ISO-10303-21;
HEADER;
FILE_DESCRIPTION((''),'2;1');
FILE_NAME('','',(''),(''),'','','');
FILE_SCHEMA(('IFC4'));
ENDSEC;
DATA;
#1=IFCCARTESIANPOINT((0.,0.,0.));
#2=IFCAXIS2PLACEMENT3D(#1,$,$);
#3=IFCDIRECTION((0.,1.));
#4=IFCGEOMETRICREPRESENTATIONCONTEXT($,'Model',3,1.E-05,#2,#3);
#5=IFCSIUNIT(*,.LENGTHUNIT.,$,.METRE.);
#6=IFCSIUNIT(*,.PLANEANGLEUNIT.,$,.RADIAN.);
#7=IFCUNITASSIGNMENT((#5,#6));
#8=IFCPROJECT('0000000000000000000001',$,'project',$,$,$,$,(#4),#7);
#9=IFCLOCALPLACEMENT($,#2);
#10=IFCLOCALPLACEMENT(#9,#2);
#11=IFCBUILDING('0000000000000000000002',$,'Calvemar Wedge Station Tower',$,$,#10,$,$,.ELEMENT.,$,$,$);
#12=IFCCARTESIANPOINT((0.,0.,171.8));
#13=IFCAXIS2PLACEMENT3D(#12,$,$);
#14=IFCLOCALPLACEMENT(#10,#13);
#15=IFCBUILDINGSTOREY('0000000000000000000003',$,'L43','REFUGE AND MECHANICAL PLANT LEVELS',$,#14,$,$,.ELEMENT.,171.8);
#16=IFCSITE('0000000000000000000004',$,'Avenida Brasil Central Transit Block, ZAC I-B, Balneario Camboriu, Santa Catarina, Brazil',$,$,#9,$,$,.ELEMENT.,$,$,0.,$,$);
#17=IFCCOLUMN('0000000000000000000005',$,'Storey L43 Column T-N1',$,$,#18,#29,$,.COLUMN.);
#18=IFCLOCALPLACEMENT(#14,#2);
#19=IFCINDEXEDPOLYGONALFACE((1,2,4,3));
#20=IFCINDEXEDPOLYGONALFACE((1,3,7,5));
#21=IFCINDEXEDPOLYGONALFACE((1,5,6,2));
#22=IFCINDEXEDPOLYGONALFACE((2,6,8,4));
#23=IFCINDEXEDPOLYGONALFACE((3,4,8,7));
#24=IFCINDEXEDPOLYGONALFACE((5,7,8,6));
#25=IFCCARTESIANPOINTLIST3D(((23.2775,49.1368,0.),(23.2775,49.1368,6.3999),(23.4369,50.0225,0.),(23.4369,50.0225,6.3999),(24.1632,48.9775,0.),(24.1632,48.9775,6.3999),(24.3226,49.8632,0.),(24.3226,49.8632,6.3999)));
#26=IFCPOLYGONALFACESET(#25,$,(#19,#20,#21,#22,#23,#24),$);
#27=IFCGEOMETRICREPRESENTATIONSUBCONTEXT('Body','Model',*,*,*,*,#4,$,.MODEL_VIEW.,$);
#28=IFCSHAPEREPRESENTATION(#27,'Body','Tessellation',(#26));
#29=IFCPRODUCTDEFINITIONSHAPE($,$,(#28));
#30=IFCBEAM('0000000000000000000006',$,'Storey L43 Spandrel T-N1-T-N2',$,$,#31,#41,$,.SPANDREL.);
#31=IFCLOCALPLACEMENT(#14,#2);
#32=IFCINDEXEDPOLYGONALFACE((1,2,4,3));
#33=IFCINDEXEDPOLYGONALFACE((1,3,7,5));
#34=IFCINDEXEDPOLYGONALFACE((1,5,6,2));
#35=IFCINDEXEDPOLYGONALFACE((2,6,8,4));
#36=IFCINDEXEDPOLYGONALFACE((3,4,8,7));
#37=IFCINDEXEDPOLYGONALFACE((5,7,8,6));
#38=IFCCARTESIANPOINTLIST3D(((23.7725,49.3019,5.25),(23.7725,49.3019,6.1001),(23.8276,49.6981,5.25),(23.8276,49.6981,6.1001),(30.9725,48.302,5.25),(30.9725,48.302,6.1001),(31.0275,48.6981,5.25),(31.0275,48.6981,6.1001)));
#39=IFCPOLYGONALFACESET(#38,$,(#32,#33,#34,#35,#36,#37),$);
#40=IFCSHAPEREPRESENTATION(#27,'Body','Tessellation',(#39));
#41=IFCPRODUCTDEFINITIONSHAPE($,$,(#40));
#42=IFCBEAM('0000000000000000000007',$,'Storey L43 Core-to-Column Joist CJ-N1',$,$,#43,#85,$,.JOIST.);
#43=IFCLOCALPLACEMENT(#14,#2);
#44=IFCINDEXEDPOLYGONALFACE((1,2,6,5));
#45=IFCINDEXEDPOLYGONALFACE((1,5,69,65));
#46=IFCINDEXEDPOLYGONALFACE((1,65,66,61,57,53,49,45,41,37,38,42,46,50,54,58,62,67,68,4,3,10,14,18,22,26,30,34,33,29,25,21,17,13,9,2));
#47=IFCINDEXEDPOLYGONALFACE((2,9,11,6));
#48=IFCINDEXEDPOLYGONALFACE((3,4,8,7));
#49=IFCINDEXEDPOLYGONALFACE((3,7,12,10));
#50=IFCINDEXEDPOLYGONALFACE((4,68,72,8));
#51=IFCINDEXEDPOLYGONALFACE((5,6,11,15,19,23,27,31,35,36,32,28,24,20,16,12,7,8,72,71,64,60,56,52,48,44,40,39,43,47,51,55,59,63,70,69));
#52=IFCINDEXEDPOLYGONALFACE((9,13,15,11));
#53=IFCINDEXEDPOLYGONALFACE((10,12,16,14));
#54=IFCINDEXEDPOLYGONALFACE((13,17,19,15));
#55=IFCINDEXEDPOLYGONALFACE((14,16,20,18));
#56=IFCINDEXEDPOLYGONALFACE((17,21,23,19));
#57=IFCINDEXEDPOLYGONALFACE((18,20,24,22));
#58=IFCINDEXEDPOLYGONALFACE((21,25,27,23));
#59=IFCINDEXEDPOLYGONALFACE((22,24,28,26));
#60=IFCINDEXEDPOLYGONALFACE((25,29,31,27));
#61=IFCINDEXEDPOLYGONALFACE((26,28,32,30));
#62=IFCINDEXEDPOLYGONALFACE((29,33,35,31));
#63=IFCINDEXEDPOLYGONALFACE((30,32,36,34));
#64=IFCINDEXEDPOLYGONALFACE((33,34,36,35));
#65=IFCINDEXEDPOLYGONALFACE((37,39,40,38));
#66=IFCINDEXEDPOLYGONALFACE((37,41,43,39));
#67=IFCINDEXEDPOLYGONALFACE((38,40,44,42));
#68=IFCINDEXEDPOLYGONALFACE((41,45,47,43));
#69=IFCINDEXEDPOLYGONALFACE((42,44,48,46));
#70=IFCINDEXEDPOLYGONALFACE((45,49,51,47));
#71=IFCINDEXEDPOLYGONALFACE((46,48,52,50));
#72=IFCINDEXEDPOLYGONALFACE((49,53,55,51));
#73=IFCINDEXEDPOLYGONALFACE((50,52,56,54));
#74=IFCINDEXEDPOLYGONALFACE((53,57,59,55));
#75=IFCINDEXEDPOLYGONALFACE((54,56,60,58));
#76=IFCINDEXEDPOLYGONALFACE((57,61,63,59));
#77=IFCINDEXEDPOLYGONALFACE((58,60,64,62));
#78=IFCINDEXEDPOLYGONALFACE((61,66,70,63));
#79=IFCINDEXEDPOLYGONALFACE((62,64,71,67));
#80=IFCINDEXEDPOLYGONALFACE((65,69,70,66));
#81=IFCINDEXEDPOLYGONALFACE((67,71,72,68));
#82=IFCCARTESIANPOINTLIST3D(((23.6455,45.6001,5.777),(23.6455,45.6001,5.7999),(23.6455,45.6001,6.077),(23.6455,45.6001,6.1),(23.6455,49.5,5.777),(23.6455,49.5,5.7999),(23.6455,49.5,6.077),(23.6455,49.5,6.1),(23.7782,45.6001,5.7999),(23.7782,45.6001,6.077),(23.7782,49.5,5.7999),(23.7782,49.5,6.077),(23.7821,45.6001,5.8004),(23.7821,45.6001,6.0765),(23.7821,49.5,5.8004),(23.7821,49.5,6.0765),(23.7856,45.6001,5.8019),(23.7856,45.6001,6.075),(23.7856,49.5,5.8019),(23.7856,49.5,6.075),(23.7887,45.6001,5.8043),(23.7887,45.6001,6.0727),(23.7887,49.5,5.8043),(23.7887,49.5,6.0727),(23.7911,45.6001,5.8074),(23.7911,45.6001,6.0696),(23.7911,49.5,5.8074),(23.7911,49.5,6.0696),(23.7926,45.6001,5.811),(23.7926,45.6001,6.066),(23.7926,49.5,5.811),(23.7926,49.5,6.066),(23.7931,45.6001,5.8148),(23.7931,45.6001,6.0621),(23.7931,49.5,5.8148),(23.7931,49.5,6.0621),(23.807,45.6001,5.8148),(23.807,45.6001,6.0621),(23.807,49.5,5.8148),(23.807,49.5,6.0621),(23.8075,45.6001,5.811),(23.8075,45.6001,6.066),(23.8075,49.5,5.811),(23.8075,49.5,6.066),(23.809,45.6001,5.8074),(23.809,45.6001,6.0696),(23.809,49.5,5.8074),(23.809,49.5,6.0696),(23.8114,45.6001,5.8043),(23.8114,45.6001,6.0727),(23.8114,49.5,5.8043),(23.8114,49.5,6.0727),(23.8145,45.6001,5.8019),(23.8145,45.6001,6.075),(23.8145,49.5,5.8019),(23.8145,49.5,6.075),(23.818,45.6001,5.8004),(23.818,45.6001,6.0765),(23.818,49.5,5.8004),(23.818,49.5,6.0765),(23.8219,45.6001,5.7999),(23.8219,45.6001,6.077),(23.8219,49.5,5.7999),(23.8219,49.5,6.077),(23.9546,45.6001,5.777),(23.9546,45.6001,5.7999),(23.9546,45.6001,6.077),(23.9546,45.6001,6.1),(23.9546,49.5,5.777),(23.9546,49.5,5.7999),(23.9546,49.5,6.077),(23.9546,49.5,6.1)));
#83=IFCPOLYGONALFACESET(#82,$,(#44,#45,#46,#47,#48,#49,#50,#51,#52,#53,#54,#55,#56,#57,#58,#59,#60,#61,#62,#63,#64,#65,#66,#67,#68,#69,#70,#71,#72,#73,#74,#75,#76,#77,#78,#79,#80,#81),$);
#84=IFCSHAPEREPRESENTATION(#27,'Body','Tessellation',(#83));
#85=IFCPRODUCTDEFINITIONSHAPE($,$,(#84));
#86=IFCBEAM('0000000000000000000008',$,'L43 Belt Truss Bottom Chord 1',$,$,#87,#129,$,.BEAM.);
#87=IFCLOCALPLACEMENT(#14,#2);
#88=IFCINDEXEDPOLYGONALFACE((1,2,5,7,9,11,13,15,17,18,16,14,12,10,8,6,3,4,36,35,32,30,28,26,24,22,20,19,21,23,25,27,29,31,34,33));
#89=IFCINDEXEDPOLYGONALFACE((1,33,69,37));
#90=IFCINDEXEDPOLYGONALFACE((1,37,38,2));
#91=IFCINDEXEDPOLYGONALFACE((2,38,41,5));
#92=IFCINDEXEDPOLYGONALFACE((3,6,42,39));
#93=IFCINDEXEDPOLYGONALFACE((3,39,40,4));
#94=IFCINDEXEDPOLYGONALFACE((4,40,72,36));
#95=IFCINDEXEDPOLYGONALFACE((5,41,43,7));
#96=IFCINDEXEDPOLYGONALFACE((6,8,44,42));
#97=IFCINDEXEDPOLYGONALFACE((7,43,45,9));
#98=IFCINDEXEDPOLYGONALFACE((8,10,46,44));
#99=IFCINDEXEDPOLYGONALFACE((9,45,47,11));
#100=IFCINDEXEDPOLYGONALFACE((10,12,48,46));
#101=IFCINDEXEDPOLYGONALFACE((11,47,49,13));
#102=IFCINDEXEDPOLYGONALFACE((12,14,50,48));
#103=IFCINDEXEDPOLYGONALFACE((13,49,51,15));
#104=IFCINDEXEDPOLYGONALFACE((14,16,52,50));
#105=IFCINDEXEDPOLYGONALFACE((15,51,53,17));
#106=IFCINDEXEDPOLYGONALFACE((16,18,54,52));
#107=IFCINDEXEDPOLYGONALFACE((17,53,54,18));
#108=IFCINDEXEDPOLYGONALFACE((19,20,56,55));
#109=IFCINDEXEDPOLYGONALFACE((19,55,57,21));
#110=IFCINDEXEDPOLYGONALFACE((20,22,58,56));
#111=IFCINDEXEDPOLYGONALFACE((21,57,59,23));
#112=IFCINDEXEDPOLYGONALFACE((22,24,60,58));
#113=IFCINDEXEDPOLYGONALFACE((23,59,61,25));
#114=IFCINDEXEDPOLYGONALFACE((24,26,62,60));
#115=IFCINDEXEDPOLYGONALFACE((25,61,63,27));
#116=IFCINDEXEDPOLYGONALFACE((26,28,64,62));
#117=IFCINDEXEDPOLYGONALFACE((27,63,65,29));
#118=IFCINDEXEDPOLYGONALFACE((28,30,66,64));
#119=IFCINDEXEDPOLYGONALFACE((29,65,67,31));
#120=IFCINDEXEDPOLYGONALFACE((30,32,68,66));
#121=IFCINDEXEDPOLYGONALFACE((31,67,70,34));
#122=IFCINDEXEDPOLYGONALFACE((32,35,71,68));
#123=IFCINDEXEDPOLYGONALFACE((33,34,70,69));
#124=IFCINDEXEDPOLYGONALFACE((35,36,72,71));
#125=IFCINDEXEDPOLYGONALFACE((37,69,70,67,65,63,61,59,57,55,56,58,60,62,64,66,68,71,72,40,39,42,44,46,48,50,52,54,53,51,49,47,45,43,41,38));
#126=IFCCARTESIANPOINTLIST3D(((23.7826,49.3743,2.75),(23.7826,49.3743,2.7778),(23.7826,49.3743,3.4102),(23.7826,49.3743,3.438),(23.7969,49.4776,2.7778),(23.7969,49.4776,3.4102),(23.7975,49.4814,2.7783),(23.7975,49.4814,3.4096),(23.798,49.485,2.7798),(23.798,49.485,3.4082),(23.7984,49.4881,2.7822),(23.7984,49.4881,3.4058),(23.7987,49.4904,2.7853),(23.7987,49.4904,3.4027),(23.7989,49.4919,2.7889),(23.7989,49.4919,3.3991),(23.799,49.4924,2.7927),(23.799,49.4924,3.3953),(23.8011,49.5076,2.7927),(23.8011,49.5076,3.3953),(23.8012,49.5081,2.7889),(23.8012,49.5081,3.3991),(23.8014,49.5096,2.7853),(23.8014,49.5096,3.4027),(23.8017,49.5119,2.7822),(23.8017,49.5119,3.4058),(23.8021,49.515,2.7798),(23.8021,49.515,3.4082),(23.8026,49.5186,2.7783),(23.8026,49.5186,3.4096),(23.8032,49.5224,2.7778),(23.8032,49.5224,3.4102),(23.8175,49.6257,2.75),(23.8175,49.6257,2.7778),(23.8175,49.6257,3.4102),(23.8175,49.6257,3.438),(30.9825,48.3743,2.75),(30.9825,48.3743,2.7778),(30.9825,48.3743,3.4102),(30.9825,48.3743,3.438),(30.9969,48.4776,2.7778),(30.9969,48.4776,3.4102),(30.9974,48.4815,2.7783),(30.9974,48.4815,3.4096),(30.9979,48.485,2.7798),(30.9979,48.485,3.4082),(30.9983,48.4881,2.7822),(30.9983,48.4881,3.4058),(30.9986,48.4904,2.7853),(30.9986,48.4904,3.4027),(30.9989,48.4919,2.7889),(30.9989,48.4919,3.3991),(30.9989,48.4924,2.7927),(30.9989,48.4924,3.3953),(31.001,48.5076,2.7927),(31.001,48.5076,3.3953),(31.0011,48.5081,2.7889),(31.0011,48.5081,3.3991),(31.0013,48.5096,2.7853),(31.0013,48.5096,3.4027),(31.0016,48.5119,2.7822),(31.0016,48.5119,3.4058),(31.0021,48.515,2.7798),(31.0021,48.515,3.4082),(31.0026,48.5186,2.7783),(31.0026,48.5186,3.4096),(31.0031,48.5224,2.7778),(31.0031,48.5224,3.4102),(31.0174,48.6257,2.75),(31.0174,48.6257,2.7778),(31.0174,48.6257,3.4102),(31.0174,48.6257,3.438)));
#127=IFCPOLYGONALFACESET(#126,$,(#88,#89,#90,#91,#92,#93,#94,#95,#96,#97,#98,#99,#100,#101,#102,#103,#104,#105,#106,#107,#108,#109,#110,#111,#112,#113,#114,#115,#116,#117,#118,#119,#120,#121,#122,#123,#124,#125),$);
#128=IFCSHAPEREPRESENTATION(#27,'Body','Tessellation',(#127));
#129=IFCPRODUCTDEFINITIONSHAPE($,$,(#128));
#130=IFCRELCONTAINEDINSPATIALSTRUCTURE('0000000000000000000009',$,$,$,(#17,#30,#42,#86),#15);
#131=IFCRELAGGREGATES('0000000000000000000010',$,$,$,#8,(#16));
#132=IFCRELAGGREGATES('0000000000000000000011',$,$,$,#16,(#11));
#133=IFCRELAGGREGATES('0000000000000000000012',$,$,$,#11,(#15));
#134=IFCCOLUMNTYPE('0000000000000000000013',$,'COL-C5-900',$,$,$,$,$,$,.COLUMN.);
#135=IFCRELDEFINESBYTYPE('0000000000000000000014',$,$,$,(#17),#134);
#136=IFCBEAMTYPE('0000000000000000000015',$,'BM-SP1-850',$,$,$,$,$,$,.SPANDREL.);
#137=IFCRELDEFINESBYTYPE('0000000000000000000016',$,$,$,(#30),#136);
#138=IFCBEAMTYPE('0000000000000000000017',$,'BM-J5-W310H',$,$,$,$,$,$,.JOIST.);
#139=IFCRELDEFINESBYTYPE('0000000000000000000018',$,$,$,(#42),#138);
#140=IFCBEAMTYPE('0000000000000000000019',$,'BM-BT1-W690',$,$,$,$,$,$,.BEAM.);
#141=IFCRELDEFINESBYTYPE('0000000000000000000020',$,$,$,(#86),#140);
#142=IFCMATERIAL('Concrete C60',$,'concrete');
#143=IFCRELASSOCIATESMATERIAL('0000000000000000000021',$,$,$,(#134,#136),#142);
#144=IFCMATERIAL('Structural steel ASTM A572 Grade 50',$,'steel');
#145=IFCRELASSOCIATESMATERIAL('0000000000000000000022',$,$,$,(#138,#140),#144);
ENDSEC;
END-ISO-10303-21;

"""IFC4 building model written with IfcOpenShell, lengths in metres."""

from ifc_helpers import new_model, si_unit, direction, frame, origin, origin_2d, place, context, subcontext, project, spatial, rectangle, i_section, extrude, source, transform, mapped, material, material_profile, profile_set, type_object, element, save


model = new_model("IFC4")

# Units and contexts
model_context = context("Model", 3, precision=1e-05, world=origin(), true_north=direction((0.0, 1.0)))
body_context = subcontext(model_context, "Body", "Model", "MODEL_VIEW")
ifc_project = project(units=[si_unit("LENGTHUNIT", "METRE"), si_unit("PLANEANGLEUNIT", "RADIAN")], contexts=[model_context])

# Site, building, storey
site_placement = place(None, origin())
site = spatial("IfcSite", under=ifc_project, at=site_placement, Name="Avenida Brasil Central Transit Block, ZAC I-B, Balneario Camboriu, Santa Catarina, Brazil", CompositionType="ELEMENT", RefElevation=0.0)
building_placement = place(site_placement, origin())
building = spatial("IfcBuilding", under=site, at=building_placement, Name="Calvemar Wedge Station Tower", CompositionType="ELEMENT")
storey_placement = place(building_placement, frame((0.0, 0.0, 171.8)))
storey = spatial("IfcBuildingStorey", under=building, at=storey_placement, Name="L43", Description="REFUGE AND MECHANICAL PLANT LEVELS", CompositionType="ELEMENT", Elevation=171.8)

# Column
ifc_material_1 = material(Name="Concrete C60", Category="concrete")
ifc_material_profile_1 = material_profile(ifc_material_1, rectangle(XDim=0.8999, YDim=0.8999, at=origin_2d()), Name="RC900x900")
ifc_profile_set_1 = profile_set([ifc_material_profile_1], Name="Concrete C60")
column_type = type_object("IfcColumnType", Name="COL-C5-900", PredefinedType="COLUMN", material=ifc_profile_set_1)
shared_shape_1 = source(origin(), body_context, "Body", "SweptSolid", [
    extrude(rectangle(XDim=0.8999, YDim=0.8999, at=origin_2d()), origin(), (0.0, 0.0, 1.0), 6.3999),
])
column_placement = place(storey_placement, frame((23.8, 49.5, 0.0), z_axis=(0.0, 0.0, 1.0), x_axis=(0.984196, -0.177085, 0.0)))
element("IfcColumn", 1, at=column_placement, inside=storey, type_object=column_type, Name="Storey L43 Column T-N1", PredefinedType="COLUMN", context=body_context, shape_type="MappedRepresentation", body=[
    mapped(shared_shape_1, transform((0.0, 0.0, 0.0), scale=1.0)),
])

# Beams
ifc_material_profile_2 = material_profile(ifc_material_1, rectangle(XDim=0.3999, YDim=0.8501, at=origin_2d()), Name="RC400x850")
ifc_profile_set_2 = profile_set([ifc_material_profile_2], Name="Concrete C60")
beam_type_1 = type_object("IfcBeamType", Name="BM-SP1-850", PredefinedType="SPANDREL", material=ifc_profile_set_2)
shared_shape_2 = source(origin(), body_context, "Body", "SweptSolid", [
    extrude(rectangle(XDim=0.3999, YDim=0.8501, at=origin_2d()), origin(), (0.0, 0.0, 1.0), 7.269),
])
beam_1_placement = place(storey_placement, frame((23.8, 49.5, 5.675), z_axis=(0.990492, -0.137569, 0.0), x_axis=(0.137569, 0.990492, 0.0)))
element("IfcBeam", 2, at=beam_1_placement, inside=storey, type_object=beam_type_1, Name="Storey L43 Spandrel T-N1-T-N2", PredefinedType="SPANDREL", context=body_context, shape_type="MappedRepresentation", body=[
    mapped(shared_shape_2, transform((0.0, 0.0, 0.0), scale=1.0)),
])
ifc_material_2 = material(Name="Structural steel ASTM A572 Grade 50", Category="steel")
ifc_material_profile_3 = material_profile(ifc_material_2, i_section(OverallWidth=0.3091, OverallDepth=0.323, WebThickness=0.0139, FlangeThickness=0.0229, FilletRadius=0.0149, at=origin_2d()), Name="W310x143")
ifc_profile_set_3 = profile_set([ifc_material_profile_3], Name="Structural steel ASTM A572 Grade 50")
beam_type_2 = type_object("IfcBeamType", Name="BM-J5-W310H", PredefinedType="JOIST", material=ifc_profile_set_3)
shared_shape_3 = source(origin(), body_context, "Body", "SweptSolid", [
    extrude(i_section(OverallWidth=0.3091, OverallDepth=0.323, WebThickness=0.0139, FlangeThickness=0.0229, FilletRadius=0.0149, at=origin_2d()), origin(), (0.0, 0.0, 1.0), 3.8999),
])
beam_2_placement = place(storey_placement, frame((23.8, 45.6001, 5.9385), z_axis=(0.0, 1.0, 0.0), x_axis=(-1.0, 0.0, 0.0)))
element("IfcBeam", 3, at=beam_2_placement, inside=storey, type_object=beam_type_2, Name="Storey L43 Core-to-Column Joist CJ-N1", PredefinedType="JOIST", context=body_context, shape_type="MappedRepresentation", body=[
    mapped(shared_shape_3, transform((0.0, 0.0, 0.0), scale=1.0)),
])
ifc_material_profile_4 = material_profile(ifc_material_2, i_section(OverallWidth=0.2539, OverallDepth=0.688, WebThickness=0.0154, FlangeThickness=0.0278, FilletRadius=0.0149, at=origin_2d()), Name="W690x192")
ifc_profile_set_4 = profile_set([ifc_material_profile_4], Name="Structural steel ASTM A572 Grade 50")
beam_type_3 = type_object("IfcBeamType", Name="BM-BT1-W690", PredefinedType="BEAM", material=ifc_profile_set_4)
shared_shape_4 = source(origin(), body_context, "Body", "SweptSolid", [
    extrude(i_section(OverallWidth=0.2539, OverallDepth=0.688, WebThickness=0.0154, FlangeThickness=0.0278, FilletRadius=0.0149, at=origin_2d()), origin(), (0.0, 0.0, 1.0), 7.269),
])
beam_3_placement = place(storey_placement, frame((23.8, 49.5, 3.094), z_axis=(0.990492, -0.137569, 0.0), x_axis=(0.137569, 0.990492, 0.0)))
element("IfcBeam", 4, at=beam_3_placement, inside=storey, type_object=beam_type_3, Name="L43 Belt Truss Bottom Chord 1", PredefinedType="BEAM", context=body_context, shape_type="MappedRepresentation", body=[
    mapped(shared_shape_4, transform((0.0, 0.0, 0.0), scale=1.0)),
])

save(model, "model.ifc")
